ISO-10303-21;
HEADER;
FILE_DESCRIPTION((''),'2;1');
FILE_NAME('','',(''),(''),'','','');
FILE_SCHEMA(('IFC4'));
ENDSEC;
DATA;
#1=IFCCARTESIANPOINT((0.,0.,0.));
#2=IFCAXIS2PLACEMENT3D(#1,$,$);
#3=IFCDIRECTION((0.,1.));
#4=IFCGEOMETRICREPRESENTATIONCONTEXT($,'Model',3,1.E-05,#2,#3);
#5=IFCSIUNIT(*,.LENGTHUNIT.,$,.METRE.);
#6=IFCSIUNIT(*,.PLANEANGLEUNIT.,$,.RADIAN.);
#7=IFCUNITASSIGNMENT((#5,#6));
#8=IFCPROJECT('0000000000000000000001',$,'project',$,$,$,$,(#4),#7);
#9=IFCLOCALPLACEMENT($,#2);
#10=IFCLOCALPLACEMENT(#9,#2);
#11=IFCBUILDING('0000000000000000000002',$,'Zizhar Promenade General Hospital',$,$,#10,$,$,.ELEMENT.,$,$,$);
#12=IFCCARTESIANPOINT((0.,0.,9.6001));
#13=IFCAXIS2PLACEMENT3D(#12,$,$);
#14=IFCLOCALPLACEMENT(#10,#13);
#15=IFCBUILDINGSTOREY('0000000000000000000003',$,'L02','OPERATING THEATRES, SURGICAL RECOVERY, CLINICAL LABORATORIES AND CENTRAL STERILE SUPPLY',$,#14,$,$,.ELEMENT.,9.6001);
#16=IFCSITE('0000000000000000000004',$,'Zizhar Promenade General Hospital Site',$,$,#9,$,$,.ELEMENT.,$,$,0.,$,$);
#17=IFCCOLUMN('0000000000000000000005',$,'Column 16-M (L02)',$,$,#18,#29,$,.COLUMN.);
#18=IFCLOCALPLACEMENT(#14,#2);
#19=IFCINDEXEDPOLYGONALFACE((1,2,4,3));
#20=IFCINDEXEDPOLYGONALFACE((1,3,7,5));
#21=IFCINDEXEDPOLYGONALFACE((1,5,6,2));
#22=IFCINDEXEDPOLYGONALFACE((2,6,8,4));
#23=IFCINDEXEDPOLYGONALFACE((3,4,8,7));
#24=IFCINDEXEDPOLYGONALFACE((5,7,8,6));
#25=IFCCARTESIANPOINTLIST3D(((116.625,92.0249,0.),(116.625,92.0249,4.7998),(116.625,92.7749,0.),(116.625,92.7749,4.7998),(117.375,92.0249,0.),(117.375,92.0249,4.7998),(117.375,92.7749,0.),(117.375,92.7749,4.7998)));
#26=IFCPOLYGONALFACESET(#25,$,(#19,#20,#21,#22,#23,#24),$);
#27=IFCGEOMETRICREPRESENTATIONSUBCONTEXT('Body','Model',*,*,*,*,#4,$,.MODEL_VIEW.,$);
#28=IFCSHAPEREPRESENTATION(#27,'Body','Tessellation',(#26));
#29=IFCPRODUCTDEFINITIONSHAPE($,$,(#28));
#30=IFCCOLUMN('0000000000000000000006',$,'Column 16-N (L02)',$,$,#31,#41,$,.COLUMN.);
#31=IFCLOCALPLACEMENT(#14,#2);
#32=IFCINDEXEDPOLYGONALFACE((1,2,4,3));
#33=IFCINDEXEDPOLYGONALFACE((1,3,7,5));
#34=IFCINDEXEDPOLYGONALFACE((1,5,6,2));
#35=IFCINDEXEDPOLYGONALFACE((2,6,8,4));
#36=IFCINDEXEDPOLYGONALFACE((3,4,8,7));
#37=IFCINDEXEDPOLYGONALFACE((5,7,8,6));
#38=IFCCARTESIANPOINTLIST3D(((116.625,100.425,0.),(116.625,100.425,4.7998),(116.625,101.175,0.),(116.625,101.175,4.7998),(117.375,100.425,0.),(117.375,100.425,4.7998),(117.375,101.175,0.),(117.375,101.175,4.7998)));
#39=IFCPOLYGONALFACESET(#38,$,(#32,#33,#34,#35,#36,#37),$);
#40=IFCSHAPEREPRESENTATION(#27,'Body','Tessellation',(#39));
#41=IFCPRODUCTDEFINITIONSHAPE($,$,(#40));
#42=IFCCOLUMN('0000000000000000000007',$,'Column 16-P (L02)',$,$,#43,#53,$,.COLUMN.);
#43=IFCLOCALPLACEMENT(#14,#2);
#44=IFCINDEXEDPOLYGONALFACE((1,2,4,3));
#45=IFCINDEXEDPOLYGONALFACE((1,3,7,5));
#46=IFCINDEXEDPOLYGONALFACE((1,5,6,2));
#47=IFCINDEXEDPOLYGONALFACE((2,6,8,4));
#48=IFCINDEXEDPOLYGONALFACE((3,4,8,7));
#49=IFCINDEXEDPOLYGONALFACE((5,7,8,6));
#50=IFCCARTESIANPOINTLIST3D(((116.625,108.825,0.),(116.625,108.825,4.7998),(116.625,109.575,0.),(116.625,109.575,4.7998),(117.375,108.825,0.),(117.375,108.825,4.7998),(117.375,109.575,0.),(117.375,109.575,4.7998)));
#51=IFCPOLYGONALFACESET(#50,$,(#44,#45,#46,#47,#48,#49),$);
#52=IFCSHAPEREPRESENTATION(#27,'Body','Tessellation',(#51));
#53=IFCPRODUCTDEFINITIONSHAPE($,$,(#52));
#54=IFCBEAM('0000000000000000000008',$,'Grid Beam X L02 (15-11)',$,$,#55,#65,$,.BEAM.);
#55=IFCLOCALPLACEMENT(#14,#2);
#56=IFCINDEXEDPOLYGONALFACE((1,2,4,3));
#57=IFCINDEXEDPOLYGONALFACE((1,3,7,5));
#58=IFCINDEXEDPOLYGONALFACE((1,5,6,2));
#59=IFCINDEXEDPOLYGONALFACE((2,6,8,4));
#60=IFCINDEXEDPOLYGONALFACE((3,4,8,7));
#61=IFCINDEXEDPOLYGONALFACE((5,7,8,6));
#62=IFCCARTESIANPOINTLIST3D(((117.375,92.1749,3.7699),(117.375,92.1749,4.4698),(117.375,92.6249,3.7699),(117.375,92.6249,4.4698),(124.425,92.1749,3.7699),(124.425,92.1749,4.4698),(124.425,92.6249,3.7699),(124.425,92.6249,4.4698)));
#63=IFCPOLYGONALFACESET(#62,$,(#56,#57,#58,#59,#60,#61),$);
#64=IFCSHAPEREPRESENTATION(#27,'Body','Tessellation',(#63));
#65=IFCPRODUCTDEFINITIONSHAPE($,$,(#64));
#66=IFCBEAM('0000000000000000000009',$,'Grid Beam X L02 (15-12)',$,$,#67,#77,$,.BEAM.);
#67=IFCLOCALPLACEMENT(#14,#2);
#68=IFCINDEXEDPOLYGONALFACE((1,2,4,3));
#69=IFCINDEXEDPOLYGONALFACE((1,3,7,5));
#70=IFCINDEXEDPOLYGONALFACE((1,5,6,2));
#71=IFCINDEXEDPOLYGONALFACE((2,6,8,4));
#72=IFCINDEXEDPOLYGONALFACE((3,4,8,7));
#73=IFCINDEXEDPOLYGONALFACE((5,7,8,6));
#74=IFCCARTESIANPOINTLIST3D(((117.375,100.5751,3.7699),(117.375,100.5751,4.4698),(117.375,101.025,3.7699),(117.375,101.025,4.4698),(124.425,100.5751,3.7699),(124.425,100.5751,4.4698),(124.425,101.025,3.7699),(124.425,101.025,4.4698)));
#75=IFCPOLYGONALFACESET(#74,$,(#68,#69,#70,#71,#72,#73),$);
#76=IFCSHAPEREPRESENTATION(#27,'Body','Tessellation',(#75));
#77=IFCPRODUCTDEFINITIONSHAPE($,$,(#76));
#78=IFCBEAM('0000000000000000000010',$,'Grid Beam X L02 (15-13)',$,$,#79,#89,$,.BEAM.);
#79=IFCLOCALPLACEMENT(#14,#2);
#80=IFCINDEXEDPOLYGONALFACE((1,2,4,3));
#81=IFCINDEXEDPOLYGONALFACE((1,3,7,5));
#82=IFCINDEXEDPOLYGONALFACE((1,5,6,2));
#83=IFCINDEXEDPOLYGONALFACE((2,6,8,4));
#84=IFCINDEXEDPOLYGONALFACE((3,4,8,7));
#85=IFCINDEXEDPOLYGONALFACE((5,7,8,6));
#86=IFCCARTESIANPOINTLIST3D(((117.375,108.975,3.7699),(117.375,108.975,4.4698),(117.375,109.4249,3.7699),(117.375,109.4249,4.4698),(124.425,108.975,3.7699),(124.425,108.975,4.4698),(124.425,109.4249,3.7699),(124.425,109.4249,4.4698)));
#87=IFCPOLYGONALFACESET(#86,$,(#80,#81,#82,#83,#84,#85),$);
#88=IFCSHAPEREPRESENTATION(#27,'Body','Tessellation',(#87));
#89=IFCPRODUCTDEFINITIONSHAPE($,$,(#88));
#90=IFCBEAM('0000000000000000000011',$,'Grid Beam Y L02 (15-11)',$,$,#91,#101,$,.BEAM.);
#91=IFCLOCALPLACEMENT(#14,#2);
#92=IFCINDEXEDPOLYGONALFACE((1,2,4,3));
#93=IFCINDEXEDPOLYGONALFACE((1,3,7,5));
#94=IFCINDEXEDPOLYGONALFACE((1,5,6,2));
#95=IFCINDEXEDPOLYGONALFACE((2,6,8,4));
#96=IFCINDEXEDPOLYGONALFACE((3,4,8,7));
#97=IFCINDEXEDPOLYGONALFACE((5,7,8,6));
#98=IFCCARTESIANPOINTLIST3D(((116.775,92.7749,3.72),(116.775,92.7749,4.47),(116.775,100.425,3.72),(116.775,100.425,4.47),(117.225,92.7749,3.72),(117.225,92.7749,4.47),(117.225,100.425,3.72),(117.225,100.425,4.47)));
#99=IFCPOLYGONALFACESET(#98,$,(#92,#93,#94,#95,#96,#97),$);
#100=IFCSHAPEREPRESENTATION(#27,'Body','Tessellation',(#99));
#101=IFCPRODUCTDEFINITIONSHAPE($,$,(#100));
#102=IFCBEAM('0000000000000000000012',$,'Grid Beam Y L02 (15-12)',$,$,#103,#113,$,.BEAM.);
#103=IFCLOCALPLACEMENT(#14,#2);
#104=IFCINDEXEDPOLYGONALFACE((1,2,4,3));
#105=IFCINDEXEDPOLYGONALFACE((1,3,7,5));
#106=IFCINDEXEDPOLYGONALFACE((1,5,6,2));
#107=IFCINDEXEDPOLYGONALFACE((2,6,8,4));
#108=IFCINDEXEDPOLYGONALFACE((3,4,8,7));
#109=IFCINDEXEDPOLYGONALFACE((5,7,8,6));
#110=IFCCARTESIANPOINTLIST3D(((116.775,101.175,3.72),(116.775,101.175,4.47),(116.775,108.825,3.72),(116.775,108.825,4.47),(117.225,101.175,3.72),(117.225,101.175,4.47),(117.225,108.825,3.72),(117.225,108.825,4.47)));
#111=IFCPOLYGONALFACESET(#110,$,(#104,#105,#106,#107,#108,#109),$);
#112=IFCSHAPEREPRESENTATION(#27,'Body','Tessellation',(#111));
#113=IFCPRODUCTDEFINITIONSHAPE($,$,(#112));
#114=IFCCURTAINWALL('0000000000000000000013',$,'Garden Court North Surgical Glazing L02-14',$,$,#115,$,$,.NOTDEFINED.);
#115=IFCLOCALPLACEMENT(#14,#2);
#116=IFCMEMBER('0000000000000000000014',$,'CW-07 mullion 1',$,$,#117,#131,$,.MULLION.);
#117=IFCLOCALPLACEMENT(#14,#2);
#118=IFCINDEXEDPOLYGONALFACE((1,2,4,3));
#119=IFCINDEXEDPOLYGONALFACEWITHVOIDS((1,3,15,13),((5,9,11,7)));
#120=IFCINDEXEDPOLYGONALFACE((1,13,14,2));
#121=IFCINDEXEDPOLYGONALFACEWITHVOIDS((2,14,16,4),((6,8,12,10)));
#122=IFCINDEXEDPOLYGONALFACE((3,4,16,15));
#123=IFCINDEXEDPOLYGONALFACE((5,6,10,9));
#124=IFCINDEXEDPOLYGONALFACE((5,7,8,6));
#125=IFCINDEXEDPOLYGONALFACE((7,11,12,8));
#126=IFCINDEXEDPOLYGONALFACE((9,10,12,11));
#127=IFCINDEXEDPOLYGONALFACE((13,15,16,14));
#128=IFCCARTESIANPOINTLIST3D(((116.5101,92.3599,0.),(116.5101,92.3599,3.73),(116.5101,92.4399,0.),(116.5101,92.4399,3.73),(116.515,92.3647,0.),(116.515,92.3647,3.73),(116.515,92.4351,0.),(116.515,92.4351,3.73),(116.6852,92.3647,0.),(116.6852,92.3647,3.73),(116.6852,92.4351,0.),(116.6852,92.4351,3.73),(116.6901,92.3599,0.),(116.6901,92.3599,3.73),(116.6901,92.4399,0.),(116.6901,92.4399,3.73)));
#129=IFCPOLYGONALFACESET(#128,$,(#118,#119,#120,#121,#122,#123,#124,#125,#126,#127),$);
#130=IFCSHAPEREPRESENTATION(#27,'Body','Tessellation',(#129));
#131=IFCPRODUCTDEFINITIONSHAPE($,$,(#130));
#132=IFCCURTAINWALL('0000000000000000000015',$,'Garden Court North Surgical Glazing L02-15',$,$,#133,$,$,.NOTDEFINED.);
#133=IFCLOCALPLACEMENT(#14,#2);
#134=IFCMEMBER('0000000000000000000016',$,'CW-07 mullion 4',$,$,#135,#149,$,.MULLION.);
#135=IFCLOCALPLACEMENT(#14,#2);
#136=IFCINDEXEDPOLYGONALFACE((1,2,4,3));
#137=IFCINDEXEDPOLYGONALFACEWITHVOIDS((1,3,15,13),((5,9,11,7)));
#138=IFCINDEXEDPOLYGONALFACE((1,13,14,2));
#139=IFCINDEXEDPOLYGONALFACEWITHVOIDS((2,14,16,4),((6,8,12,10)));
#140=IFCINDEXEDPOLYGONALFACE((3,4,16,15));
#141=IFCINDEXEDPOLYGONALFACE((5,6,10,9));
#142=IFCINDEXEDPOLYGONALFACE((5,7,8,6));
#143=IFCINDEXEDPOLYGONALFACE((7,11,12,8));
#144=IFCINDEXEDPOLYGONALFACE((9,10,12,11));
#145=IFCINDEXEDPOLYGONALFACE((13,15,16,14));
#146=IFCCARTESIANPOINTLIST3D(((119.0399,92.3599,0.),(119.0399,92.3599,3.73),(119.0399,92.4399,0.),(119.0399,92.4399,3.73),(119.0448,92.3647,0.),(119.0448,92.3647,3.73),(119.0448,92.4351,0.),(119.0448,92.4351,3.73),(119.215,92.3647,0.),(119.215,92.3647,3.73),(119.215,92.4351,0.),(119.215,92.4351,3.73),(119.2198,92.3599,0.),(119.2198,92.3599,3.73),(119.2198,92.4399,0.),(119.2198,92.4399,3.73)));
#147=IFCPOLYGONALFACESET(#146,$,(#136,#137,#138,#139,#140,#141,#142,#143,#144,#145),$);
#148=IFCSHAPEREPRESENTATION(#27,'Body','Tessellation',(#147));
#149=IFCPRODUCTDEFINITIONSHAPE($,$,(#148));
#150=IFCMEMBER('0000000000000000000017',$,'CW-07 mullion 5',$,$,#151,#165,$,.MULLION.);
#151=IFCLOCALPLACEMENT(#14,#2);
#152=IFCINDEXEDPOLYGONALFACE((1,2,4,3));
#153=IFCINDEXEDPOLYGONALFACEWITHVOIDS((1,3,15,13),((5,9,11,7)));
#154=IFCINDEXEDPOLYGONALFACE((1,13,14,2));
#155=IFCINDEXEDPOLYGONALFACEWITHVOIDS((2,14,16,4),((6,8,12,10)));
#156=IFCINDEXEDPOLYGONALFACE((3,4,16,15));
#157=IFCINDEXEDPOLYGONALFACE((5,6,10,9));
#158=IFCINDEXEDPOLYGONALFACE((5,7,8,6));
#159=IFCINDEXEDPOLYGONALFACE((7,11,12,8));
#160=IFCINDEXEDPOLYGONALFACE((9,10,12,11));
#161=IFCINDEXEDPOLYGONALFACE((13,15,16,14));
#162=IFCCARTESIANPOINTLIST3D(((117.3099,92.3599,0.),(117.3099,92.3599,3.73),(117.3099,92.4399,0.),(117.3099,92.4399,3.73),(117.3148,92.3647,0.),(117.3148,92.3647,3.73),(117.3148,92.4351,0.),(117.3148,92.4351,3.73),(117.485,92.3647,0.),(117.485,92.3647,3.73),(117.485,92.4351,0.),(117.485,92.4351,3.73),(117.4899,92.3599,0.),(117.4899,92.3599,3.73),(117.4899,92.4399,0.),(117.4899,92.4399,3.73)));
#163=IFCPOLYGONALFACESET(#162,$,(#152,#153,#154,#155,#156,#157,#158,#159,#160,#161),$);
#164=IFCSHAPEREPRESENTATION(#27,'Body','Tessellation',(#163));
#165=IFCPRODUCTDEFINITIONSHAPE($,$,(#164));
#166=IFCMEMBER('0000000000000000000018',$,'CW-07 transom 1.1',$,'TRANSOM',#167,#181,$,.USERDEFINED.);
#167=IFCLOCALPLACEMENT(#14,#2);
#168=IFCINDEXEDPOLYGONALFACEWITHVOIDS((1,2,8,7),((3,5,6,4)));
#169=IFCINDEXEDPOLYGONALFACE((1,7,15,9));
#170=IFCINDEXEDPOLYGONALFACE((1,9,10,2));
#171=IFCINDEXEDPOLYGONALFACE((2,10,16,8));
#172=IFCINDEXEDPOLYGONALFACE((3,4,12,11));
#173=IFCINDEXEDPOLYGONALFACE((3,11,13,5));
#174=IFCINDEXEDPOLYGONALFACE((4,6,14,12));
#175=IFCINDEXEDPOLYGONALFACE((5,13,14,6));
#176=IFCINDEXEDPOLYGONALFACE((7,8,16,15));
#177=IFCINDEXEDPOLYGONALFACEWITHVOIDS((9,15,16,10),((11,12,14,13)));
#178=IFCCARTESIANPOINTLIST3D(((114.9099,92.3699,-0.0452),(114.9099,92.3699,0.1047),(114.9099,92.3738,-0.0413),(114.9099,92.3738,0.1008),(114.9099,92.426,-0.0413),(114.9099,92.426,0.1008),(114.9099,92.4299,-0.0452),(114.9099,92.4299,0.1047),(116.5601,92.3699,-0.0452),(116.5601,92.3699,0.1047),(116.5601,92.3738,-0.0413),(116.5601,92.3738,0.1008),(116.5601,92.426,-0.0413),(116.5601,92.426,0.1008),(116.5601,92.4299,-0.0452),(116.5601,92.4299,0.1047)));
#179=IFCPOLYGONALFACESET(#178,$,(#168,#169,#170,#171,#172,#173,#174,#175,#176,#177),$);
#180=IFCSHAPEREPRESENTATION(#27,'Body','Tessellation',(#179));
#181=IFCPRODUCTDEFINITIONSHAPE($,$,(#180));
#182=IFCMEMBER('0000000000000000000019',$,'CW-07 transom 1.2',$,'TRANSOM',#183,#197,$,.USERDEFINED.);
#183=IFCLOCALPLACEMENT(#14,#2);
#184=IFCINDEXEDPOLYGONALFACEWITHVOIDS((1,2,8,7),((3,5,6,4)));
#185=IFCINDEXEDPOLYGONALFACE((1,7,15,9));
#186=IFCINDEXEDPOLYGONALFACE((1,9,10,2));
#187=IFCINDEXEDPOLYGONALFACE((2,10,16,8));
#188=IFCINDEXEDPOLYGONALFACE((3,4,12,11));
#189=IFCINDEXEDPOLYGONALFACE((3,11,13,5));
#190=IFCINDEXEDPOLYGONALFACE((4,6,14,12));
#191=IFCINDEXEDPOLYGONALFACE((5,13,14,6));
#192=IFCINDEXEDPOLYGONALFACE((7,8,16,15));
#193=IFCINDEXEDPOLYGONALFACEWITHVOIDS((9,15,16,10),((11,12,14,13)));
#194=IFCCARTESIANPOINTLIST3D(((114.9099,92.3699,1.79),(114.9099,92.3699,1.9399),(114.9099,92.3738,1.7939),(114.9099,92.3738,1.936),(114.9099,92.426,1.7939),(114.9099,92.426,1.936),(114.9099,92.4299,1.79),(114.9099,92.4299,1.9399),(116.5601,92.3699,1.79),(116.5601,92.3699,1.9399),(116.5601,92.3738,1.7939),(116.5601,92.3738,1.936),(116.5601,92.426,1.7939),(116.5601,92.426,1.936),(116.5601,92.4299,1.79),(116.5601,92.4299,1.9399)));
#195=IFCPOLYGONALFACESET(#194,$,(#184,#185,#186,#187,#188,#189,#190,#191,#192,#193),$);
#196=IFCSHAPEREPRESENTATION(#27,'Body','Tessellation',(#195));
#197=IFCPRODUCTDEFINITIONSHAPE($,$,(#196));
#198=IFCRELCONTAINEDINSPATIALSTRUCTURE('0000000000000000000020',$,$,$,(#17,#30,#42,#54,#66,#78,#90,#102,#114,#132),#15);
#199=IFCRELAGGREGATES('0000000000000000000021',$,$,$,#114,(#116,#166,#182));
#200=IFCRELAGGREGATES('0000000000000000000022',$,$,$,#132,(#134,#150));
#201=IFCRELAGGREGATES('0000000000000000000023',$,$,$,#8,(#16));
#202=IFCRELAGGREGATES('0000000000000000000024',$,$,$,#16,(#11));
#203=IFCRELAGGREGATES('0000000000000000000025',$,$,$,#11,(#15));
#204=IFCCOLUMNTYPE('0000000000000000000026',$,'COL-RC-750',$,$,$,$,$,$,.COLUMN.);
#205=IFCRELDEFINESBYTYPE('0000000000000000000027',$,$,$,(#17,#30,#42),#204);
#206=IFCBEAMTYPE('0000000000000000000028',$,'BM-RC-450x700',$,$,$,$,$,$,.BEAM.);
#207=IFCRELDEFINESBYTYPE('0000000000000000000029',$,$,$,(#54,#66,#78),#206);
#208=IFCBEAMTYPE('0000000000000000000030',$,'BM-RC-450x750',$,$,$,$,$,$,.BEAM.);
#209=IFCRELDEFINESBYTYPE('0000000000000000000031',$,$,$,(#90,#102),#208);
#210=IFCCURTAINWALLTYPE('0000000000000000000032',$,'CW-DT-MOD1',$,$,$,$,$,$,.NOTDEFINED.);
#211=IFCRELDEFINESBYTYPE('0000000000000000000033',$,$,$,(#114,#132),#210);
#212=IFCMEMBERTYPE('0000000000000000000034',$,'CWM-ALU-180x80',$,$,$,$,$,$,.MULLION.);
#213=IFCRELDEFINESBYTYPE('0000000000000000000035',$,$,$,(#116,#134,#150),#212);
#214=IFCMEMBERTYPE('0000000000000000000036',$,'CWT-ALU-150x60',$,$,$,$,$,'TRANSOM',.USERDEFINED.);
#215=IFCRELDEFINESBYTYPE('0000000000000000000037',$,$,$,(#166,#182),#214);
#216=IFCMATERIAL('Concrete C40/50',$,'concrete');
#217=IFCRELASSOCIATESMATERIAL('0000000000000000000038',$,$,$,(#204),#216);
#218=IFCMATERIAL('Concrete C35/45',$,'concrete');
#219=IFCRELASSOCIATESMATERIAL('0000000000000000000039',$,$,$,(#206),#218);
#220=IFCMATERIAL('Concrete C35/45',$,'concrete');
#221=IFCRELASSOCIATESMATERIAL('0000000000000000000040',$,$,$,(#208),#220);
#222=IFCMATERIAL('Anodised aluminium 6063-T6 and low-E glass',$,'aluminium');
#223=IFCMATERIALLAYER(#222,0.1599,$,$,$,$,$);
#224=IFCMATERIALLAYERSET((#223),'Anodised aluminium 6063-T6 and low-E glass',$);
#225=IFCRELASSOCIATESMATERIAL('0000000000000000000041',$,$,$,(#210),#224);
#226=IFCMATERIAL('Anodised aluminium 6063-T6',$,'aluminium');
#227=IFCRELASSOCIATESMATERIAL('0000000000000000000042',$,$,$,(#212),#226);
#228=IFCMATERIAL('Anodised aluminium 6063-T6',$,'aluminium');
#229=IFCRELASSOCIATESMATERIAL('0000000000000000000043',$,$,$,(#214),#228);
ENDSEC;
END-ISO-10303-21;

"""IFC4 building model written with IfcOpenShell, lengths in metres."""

from ifc_helpers import new_model, si_unit, direction, frame, origin, origin_2d, place, context, subcontext, project, spatial, rectangle, hollow_rectangle, extrude, material, layer, layer_set, material_profile, profile_set, type_object, element, aggregate, save


model = new_model("IFC4")

# Units and contexts
model_context = context("Model", 3, precision=1e-05, world=origin(), true_north=direction((0.0, 1.0)))
body_context = subcontext(model_context, "Body", "Model", "MODEL_VIEW")
ifc_project = project(units=[si_unit("LENGTHUNIT", "METRE"), si_unit("PLANEANGLEUNIT", "RADIAN")], contexts=[model_context])

# Site, building, storey
site_placement = place(None, origin())
site = spatial("IfcSite", under=ifc_project, at=site_placement, Name="Zizhar Promenade General Hospital Site", CompositionType="ELEMENT", RefElevation=0.0)
building_placement = place(site_placement, origin())
building = spatial("IfcBuilding", under=site, at=building_placement, Name="Zizhar Promenade General Hospital", CompositionType="ELEMENT")
storey_placement = place(building_placement, frame((0.0, 0.0, 9.6001)))
storey = spatial("IfcBuildingStorey", under=building, at=storey_placement, Name="L02", Description="OPERATING THEATRES, SURGICAL RECOVERY, CLINICAL LABORATORIES AND CENTRAL STERILE SUPPLY", CompositionType="ELEMENT", Elevation=9.6001)

# Columns
ifc_material_1 = material(Name="Concrete C40/50", Category="concrete")
ifc_material_profile_1 = material_profile(ifc_material_1, rectangle(XDim=0.75, YDim=0.75, at=origin_2d()))
ifc_profile_set_1 = profile_set([ifc_material_profile_1], Name="Concrete C40/50")
column_type = type_object("IfcColumnType", Name="COL-RC-750", PredefinedType="COLUMN", material=ifc_profile_set_1)
for number, where, z_axis, x_axis, name in (
    (1, (117.0, 92.3999, 0.0), (0.0, 0.0, 1.0), (1.0, 0.0, 0.0), "Column 16-M (L02)"),
    (2, (117.0, 100.8, 0.0), (0.0, 0.0, 1.0), (1.0, 0.0, 0.0), "Column 16-N (L02)"),
    (3, (117.0, 109.2, 0.0), (0.0, 0.0, 1.0), (1.0, 0.0, 0.0), "Column 16-P (L02)"),
):
    element("IfcColumn", number, at=place(storey_placement, frame(where, z_axis=z_axis, x_axis=x_axis)), inside=storey, type_object=column_type, Name=name, PredefinedType="COLUMN", context=body_context, shape_type="SweptSolid", body=[
        extrude(rectangle(XDim=0.75, YDim=0.75, at=origin_2d()), origin(), (0.0, 0.0, 1.0), 4.7998),
    ])

# Beams
ifc_material_2 = material(Name="Concrete C35/45", Category="concrete")
ifc_material_profile_2 = material_profile(ifc_material_2, rectangle(XDim=0.45, YDim=0.7, at=origin_2d()))
ifc_profile_set_2 = profile_set([ifc_material_profile_2], Name="Concrete C35/45")
beam_type_1 = type_object("IfcBeamType", Name="BM-RC-450x700", PredefinedType="BEAM", material=ifc_profile_set_2)
for number, where, z_axis, x_axis, name in (
    (4, (117.375, 92.3999, 4.1199), (1.0, 0.0, 0.0), (0.0, 1.0, 0.0), "Grid Beam X L02 (15-11)"),
    (5, (117.375, 100.8, 4.1199), (1.0, 0.0, 0.0), (0.0, 1.0, 0.0), "Grid Beam X L02 (15-12)"),
    (6, (117.375, 109.2, 4.1199), (1.0, 0.0, 0.0), (0.0, 1.0, 0.0), "Grid Beam X L02 (15-13)"),
):
    element("IfcBeam", number, at=place(storey_placement, frame(where, z_axis=z_axis, x_axis=x_axis)), inside=storey, type_object=beam_type_1, Name=name, PredefinedType="BEAM", context=body_context, shape_type="SweptSolid", body=[
        extrude(rectangle(XDim=0.45, YDim=0.7, at=origin_2d()), origin(), (0.0, 0.0, 1.0), 7.05),
    ])
ifc_material_3 = material(Name="Concrete C35/45", Category="concrete")
ifc_material_profile_3 = material_profile(ifc_material_3, rectangle(XDim=0.45, YDim=0.75, at=origin_2d()))
ifc_profile_set_3 = profile_set([ifc_material_profile_3], Name="Concrete C35/45")
beam_type_2 = type_object("IfcBeamType", Name="BM-RC-450x750", PredefinedType="BEAM", material=ifc_profile_set_3)
beam_1_placement = place(storey_placement, frame((117.0, 92.7749, 4.095), z_axis=(0.0, 1.0, 0.0), x_axis=(-1.0, 0.0, 0.0)))
element("IfcBeam", 7, at=beam_1_placement, inside=storey, type_object=beam_type_2, Name="Grid Beam Y L02 (15-11)", PredefinedType="BEAM", context=body_context, shape_type="SweptSolid", body=[
    extrude(rectangle(XDim=0.45, YDim=0.75, at=origin_2d()), origin(), (0.0, 0.0, 1.0), 7.6501),
])
beam_2_placement = place(storey_placement, frame((117.0, 101.175, 4.095), z_axis=(0.0, 1.0, 0.0), x_axis=(-1.0, 0.0, 0.0)))
element("IfcBeam", 8, at=beam_2_placement, inside=storey, type_object=beam_type_2, Name="Grid Beam Y L02 (15-12)", PredefinedType="BEAM", context=body_context, shape_type="SweptSolid", body=[
    extrude(rectangle(XDim=0.45, YDim=0.75, at=origin_2d()), origin(), (0.0, 0.0, 1.0), 7.6499),
])

# Curtain wall, member
ifc_material_4 = material(Name="Anodised aluminium 6063-T6 and low-E glass", Category="aluminium")
ifc_layer_1 = layer(ifc_material_4, 0.1599)
ifc_layer_set_1 = layer_set([ifc_layer_1], Name="Anodised aluminium 6063-T6 and low-E glass")
curtain_wall_type = type_object("IfcCurtainWallType", Name="CW-DT-MOD1", PredefinedType="NOTDEFINED", material=ifc_layer_set_1)
curtain_wall_1_placement = place(storey_placement, origin())
curtain_wall_1 = element("IfcCurtainWall", 9, at=curtain_wall_1_placement, inside=storey, type_object=curtain_wall_type, Name="Garden Court North Surgical Glazing L02-14", PredefinedType="NOTDEFINED")
ifc_material_5 = material(Name="Anodised aluminium 6063-T6", Category="aluminium")
ifc_material_profile_4 = material_profile(ifc_material_5, hollow_rectangle(XDim=0.0801, YDim=0.1799, WallThickness=0.0049, at=origin_2d()))
ifc_profile_set_4 = profile_set([ifc_material_profile_4], Name="Anodised aluminium 6063-T6")
member_type_1 = type_object("IfcMemberType", Name="CWM-ALU-180x80", PredefinedType="MULLION", material=ifc_profile_set_4)
member_1_placement = place(storey_placement, frame((116.6001, 92.3999, 0.0), z_axis=(0.0, 0.0, 1.0), x_axis=(0.0, -1.0, 0.0)))
member_1 = element("IfcMember", 10, at=member_1_placement, type_object=member_type_1, Name="CW-07 mullion 1", PredefinedType="MULLION", context=body_context, shape_type="SweptSolid", body=[
    extrude(hollow_rectangle(XDim=0.0801, YDim=0.1799, WallThickness=0.0049, at=origin_2d()), origin(), (0.0, 0.0, 1.0), 3.73),
])

# Curtain wall, members
curtain_wall_2_placement = place(storey_placement, origin())
curtain_wall_2 = element("IfcCurtainWall", 11, at=curtain_wall_2_placement, inside=storey, type_object=curtain_wall_type, Name="Garden Court North Surgical Glazing L02-15", PredefinedType="NOTDEFINED")
member_2_placement = place(storey_placement, frame((119.1299, 92.3999, 0.0), z_axis=(0.0, 0.0, 1.0), x_axis=(0.0, -1.0, 0.0)))
member_2 = element("IfcMember", 12, at=member_2_placement, type_object=member_type_1, Name="CW-07 mullion 4", PredefinedType="MULLION", context=body_context, shape_type="SweptSolid", body=[
    extrude(hollow_rectangle(XDim=0.0801, YDim=0.1799, WallThickness=0.0049, at=origin_2d()), origin(), (0.0, 0.0, 1.0), 3.73),
])
member_3_placement = place(storey_placement, frame((117.3999, 92.3999, 0.0), z_axis=(0.0, 0.0, 1.0), x_axis=(0.0, -1.0, 0.0)))
member_3 = element("IfcMember", 13, at=member_3_placement, type_object=member_type_1, Name="CW-07 mullion 5", PredefinedType="MULLION", context=body_context, shape_type="SweptSolid", body=[
    extrude(hollow_rectangle(XDim=0.0801, YDim=0.1799, WallThickness=0.0049, at=origin_2d()), origin(), (0.0, 0.0, 1.0), 3.73),
])

# Members
ifc_material_6 = material(Name="Anodised aluminium 6063-T6", Category="aluminium")
ifc_material_profile_5 = material_profile(ifc_material_6, hollow_rectangle(XDim=0.0601, YDim=0.1499, WallThickness=0.0039, at=origin_2d()))
ifc_profile_set_5 = profile_set([ifc_material_profile_5], Name="Anodised aluminium 6063-T6")
member_type_2 = type_object("IfcMemberType", Name="CWT-ALU-150x60", ElementType="TRANSOM", PredefinedType="USERDEFINED", material=ifc_profile_set_5)
member_4_placement = place(storey_placement, frame((116.5601, 92.3999, 0.0298), z_axis=(-1.0, 0.0, 0.0), x_axis=(0.0, -1.0, 0.0)))
member_4 = element("IfcMember", 14, at=member_4_placement, type_object=member_type_2, Name="CW-07 transom 1.1", ObjectType="TRANSOM", PredefinedType="USERDEFINED", context=body_context, shape_type="SweptSolid", body=[
    extrude(hollow_rectangle(XDim=0.0601, YDim=0.1499, WallThickness=0.0039, at=origin_2d()), origin(), (0.0, 0.0, 1.0), 1.6501),
])
member_5_placement = place(storey_placement, frame((116.5601, 92.3999, 1.865), z_axis=(-1.0, 0.0, 0.0), x_axis=(0.0, -1.0, 0.0)))
member_5 = element("IfcMember", 15, at=member_5_placement, type_object=member_type_2, Name="CW-07 transom 1.2", ObjectType="TRANSOM", PredefinedType="USERDEFINED", context=body_context, shape_type="SweptSolid", body=[
    extrude(hollow_rectangle(XDim=0.0601, YDim=0.1499, WallThickness=0.0039, at=origin_2d()), origin(), (0.0, 0.0, 1.0), 1.6501),
])

aggregate(curtain_wall_1, [member_1, member_4, member_5])
aggregate(curtain_wall_2, [member_2, member_3])

save(model, "model.ifc")
